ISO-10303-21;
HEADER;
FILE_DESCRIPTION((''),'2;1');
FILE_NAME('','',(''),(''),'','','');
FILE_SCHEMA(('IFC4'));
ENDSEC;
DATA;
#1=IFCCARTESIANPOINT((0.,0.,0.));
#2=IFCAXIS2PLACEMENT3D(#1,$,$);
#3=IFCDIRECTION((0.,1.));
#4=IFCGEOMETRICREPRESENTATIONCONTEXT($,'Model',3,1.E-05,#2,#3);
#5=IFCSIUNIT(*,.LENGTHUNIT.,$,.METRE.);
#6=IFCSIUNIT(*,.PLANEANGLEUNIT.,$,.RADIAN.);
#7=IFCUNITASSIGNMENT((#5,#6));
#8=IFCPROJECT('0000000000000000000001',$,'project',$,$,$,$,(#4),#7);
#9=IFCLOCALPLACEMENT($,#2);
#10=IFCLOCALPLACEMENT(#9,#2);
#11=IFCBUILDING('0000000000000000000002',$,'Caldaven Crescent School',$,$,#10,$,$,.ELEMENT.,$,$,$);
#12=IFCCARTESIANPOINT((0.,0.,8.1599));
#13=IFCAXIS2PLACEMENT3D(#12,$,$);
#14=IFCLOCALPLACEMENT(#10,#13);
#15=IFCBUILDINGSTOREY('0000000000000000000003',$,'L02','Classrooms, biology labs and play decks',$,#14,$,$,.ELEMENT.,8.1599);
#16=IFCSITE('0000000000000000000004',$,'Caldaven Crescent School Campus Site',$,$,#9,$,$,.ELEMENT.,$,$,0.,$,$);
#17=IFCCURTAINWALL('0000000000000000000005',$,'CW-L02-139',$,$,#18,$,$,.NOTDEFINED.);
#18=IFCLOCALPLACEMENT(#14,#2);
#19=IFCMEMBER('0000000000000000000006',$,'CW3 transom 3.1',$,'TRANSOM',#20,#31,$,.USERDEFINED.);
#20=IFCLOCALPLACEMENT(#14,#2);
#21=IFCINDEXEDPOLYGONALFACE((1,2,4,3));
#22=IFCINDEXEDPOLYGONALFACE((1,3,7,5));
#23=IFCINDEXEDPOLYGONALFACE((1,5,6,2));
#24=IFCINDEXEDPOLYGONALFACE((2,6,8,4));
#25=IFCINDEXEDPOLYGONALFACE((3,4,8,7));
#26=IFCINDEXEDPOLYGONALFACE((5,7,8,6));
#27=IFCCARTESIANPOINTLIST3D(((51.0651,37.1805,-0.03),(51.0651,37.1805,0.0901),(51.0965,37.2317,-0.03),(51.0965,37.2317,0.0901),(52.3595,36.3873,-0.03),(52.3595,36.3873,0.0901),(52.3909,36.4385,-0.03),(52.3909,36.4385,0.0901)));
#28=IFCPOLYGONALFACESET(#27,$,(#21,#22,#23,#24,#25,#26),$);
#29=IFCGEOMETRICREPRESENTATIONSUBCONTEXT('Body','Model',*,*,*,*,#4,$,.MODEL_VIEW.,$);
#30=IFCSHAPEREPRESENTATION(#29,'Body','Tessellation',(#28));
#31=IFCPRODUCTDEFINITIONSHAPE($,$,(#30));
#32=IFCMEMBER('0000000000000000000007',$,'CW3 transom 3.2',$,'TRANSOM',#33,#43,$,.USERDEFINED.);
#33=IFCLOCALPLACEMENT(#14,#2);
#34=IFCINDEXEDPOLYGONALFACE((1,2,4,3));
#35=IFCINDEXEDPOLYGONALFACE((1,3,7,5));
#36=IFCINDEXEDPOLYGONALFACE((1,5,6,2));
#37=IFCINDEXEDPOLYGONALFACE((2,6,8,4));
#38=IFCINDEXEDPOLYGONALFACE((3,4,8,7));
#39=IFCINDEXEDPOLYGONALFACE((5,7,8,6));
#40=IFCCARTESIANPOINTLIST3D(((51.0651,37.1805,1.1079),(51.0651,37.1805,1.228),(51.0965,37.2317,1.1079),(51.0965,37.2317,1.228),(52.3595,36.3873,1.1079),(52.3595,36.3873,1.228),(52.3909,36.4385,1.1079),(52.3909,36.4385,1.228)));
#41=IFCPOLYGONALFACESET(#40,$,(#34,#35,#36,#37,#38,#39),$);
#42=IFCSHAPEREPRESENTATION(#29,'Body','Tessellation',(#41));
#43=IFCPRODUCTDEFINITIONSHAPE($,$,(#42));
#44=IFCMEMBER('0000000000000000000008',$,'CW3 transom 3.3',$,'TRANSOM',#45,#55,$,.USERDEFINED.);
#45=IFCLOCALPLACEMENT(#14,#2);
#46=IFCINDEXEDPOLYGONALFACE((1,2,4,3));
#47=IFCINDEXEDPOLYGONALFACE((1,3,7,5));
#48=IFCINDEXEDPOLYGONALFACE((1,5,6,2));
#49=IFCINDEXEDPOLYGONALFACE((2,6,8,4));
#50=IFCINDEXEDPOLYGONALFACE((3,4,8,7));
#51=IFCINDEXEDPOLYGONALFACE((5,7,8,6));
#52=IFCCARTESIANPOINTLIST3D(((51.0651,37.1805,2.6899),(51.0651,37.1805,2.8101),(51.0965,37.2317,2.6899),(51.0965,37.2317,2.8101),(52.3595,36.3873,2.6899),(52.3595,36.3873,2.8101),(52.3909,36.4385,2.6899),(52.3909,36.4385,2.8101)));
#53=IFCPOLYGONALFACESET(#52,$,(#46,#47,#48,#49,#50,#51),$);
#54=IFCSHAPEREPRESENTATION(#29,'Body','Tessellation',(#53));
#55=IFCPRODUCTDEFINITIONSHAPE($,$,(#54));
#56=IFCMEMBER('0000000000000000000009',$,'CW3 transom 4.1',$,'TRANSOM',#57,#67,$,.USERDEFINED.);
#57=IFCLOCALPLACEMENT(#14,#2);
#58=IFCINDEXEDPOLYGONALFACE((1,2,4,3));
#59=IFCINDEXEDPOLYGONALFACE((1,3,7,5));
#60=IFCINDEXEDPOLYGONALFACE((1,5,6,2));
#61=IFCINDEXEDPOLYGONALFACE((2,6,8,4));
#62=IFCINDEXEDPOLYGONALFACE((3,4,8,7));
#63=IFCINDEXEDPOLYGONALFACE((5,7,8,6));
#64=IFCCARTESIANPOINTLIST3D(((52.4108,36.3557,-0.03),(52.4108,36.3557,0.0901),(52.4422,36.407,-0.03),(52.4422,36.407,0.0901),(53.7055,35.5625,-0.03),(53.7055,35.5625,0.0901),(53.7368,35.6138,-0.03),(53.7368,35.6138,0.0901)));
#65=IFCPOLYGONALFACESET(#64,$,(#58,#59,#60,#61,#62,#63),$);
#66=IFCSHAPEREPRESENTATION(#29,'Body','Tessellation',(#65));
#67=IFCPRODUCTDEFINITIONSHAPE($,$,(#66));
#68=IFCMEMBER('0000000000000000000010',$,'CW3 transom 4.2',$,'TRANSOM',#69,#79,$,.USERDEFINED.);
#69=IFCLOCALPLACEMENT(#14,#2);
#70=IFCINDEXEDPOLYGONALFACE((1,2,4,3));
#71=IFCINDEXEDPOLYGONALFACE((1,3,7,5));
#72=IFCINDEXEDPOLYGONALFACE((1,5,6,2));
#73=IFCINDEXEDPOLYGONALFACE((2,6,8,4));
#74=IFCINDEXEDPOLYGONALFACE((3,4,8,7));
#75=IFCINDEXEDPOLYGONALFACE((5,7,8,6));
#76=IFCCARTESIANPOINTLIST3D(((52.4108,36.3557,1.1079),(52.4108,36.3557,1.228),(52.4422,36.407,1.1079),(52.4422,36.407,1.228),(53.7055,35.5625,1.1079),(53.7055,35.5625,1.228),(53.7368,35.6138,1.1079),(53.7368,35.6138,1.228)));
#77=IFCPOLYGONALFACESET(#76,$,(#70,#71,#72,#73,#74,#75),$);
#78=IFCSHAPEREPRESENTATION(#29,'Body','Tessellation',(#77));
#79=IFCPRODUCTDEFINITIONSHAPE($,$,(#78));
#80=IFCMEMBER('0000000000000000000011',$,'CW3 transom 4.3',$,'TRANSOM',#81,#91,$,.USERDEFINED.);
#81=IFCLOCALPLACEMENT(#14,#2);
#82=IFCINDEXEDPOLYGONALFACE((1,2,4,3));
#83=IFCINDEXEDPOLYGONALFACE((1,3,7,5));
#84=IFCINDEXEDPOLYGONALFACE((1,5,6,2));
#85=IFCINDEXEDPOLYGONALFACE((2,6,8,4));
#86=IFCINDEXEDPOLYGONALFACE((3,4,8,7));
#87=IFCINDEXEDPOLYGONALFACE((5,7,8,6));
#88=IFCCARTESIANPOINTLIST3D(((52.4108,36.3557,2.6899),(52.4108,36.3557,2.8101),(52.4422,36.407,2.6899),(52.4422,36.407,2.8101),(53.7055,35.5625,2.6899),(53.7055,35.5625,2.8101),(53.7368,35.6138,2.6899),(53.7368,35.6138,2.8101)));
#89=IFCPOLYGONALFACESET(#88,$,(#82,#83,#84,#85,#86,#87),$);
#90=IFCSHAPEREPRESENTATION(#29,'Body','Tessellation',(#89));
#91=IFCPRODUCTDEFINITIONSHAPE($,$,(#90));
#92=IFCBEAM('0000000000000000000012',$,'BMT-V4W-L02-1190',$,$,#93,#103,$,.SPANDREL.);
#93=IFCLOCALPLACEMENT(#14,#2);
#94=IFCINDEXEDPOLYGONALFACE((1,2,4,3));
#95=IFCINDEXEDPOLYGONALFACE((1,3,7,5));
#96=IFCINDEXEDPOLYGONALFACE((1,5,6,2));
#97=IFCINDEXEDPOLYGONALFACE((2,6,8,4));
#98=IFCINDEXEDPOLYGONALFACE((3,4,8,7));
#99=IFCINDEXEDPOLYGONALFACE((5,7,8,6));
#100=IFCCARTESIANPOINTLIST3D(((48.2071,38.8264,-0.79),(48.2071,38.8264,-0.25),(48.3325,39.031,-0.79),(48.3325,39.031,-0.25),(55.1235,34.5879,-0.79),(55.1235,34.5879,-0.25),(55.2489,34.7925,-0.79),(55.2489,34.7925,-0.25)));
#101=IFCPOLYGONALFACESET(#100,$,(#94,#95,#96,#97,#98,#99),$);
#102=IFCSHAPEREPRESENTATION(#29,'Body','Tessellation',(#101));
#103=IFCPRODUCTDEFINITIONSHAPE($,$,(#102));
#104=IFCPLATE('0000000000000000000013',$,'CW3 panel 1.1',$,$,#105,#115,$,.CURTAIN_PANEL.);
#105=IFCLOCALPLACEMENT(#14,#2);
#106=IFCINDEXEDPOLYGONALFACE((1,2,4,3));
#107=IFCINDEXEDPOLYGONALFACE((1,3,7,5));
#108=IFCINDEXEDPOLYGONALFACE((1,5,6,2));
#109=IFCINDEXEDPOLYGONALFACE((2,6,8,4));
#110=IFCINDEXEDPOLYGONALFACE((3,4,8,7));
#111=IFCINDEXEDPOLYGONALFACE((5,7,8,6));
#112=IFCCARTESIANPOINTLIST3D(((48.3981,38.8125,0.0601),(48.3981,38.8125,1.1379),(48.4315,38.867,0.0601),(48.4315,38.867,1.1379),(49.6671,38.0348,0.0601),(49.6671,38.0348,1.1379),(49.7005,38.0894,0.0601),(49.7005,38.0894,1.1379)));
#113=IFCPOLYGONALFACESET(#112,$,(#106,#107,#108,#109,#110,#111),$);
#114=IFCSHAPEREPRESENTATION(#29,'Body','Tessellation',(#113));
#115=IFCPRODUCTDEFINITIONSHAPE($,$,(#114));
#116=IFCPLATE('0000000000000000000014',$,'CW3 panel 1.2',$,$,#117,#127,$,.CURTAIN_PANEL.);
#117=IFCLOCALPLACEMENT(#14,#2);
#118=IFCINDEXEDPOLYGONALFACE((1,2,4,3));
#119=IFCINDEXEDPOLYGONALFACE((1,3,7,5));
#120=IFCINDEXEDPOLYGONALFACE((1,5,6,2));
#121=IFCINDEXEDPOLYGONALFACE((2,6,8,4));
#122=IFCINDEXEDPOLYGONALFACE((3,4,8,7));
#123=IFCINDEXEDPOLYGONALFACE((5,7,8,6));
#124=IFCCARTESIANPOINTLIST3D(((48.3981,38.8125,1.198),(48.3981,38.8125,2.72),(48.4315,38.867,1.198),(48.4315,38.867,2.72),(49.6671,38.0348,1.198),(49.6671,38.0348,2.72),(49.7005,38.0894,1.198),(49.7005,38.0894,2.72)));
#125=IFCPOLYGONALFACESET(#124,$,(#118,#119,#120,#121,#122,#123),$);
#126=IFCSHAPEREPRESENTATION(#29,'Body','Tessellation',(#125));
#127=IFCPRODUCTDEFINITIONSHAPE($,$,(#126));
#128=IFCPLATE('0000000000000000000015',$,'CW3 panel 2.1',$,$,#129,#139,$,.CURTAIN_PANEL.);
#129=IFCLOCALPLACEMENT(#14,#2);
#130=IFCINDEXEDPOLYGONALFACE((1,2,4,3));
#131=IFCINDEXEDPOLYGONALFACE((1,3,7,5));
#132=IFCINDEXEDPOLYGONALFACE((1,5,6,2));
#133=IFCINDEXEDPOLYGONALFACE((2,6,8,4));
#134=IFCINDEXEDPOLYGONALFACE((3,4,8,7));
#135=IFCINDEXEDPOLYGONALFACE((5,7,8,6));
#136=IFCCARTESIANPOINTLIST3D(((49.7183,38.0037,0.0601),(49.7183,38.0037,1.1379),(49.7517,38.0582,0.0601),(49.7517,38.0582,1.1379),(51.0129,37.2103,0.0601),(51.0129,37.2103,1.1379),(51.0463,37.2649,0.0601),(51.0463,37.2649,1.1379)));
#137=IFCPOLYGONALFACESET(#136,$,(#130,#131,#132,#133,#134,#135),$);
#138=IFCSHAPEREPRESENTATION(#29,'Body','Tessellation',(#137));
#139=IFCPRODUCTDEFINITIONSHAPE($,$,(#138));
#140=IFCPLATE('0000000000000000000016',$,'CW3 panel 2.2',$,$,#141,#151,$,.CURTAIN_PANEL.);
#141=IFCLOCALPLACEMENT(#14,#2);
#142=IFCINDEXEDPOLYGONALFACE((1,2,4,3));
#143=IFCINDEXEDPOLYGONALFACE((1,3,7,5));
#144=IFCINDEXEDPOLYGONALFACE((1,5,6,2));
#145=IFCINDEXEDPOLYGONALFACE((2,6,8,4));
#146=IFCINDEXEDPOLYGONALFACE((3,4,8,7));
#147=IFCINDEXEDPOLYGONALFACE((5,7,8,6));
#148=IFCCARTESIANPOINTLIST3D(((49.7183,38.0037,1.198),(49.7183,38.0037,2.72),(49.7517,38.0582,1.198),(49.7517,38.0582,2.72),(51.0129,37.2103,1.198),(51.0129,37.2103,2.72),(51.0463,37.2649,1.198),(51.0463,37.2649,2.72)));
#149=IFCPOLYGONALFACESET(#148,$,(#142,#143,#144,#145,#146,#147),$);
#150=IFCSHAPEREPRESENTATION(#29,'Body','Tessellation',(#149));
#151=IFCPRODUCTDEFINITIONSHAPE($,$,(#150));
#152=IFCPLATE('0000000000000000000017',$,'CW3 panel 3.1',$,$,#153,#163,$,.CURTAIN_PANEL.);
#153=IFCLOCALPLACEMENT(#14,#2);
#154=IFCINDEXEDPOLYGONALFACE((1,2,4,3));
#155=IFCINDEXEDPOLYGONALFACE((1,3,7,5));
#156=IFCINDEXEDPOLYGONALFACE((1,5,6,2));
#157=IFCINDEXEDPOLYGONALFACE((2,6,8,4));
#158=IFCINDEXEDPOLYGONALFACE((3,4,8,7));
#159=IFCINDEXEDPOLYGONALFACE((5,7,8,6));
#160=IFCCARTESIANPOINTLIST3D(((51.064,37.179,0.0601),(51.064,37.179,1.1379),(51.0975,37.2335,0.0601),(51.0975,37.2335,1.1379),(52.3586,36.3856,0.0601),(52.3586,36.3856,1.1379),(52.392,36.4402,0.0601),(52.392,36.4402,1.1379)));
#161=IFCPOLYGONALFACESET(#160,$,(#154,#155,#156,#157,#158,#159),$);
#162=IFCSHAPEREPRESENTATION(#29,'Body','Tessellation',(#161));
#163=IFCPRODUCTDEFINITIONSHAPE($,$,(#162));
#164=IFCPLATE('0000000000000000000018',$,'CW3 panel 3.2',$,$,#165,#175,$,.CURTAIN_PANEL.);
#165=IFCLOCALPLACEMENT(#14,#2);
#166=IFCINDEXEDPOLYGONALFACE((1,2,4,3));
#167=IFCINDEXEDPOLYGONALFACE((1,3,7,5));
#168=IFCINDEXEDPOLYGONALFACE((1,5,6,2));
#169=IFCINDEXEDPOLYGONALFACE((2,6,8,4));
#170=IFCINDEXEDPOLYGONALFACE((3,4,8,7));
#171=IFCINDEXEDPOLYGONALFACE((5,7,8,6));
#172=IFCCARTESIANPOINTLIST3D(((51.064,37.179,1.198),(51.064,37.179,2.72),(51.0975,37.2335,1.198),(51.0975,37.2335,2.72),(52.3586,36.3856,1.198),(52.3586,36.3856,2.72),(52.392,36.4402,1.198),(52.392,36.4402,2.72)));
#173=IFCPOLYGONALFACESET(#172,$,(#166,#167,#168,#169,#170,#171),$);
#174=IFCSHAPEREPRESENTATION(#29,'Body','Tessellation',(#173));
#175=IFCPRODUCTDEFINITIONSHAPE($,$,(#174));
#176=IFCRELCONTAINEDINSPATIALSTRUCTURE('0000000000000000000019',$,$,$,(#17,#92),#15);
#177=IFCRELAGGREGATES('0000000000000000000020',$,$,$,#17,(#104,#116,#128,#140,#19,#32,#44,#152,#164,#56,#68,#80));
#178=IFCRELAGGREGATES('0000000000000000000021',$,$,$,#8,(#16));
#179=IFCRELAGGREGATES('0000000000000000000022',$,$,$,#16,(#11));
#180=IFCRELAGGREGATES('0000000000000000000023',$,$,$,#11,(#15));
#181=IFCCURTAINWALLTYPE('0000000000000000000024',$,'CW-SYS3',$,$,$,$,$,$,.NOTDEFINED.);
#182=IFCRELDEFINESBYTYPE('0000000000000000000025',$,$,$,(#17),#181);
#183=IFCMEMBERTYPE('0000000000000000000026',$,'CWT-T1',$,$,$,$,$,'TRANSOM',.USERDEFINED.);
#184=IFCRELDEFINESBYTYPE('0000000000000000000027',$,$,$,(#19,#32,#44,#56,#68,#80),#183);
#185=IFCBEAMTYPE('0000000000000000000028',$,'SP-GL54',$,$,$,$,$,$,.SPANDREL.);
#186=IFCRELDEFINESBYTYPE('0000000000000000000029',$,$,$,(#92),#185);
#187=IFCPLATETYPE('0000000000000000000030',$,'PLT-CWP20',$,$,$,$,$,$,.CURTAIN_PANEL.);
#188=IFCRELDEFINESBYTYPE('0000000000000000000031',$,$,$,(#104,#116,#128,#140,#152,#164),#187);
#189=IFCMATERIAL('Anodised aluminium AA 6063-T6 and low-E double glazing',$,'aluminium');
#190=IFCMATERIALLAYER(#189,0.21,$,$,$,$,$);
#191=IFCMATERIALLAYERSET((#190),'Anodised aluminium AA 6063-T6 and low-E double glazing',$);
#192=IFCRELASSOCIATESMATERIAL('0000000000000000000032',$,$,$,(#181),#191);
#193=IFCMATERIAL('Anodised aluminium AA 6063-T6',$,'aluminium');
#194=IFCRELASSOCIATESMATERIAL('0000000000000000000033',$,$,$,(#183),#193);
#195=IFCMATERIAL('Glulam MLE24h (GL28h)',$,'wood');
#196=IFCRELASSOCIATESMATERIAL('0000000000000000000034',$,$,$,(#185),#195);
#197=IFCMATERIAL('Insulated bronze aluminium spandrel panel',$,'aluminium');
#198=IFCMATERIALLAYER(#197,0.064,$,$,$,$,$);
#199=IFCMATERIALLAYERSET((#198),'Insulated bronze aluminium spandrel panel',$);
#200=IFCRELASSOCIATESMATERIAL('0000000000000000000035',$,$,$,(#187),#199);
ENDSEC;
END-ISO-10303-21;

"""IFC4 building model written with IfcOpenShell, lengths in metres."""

from ifc_helpers import new_model, si_unit, direction, frame, origin, origin_2d, place, context, subcontext, project, spatial, rectangle, extrude, material, layer, layer_set, material_profile, profile_set, type_object, element, aggregate, save


model = new_model("IFC4")

# Units and contexts
model_context = context("Model", 3, precision=1e-05, world=origin(), true_north=direction((0.0, 1.0)))
body_context = subcontext(model_context, "Body", "Model", "MODEL_VIEW")
ifc_project = project(units=[si_unit("LENGTHUNIT", "METRE"), si_unit("PLANEANGLEUNIT", "RADIAN")], contexts=[model_context])

# Site, building, storey
site_placement = place(None, origin())
site = spatial("IfcSite", under=ifc_project, at=site_placement, Name="Caldaven Crescent School Campus Site", CompositionType="ELEMENT", RefElevation=0.0)
building_placement = place(site_placement, origin())
building = spatial("IfcBuilding", under=site, at=building_placement, Name="Caldaven Crescent School", CompositionType="ELEMENT")
storey_placement = place(building_placement, frame((0.0, 0.0, 8.1599)))
storey = spatial("IfcBuildingStorey", under=building, at=storey_placement, Name="L02", Description="Classrooms, biology labs and play decks", CompositionType="ELEMENT", Elevation=8.1599)

# Shared definitions
ifc_material_1 = material(Name="Glulam MLE24h (GL28h)", Category="wood")

# Curtain wall, members
ifc_material_2 = material(Name="Anodised aluminium AA 6063-T6 and low-E double glazing", Category="aluminium")
ifc_layer_1 = layer(ifc_material_2, 0.21)
ifc_layer_set_1 = layer_set([ifc_layer_1], Name="Anodised aluminium AA 6063-T6 and low-E double glazing")
curtain_wall_type = type_object("IfcCurtainWallType", Name="CW-SYS3", PredefinedType="NOTDEFINED", material=ifc_layer_set_1)
curtain_wall_placement = place(storey_placement, origin())
curtain_wall = element("IfcCurtainWall", 1, at=curtain_wall_placement, inside=storey, type_object=curtain_wall_type, Name="CW-L02-139", PredefinedType="NOTDEFINED")
ifc_material_3 = material(Name="Anodised aluminium AA 6063-T6", Category="aluminium")
ifc_material_profile_1 = material_profile(ifc_material_3, rectangle(XDim=0.0601, YDim=0.1201, at=origin_2d()), Name="CWT 60x120")
ifc_profile_set_1 = profile_set([ifc_material_profile_1], Name="Anodised aluminium AA 6063-T6")
member_type_1 = type_object("IfcMemberType", Name="CWT-T1", ElementType="TRANSOM", PredefinedType="USERDEFINED", material=ifc_profile_set_1)
member_1_placement = place(storey_placement, frame((51.0808, 37.2061, 0.03), z_axis=(0.852645, -0.52249, 0.0), x_axis=(0.52249, 0.852645, 0.0)))
member_1 = element("IfcMember", 2, at=member_1_placement, type_object=member_type_1, Name="CW3 transom 3.1", ObjectType="TRANSOM", PredefinedType="USERDEFINED", context=body_context, shape_type="SweptSolid", body=[
    extrude(rectangle(XDim=0.0601, YDim=0.1201, at=origin_2d()), origin(), (0.0, 0.0, 1.0), 1.5181),
])
member_2_placement = place(storey_placement, frame((51.0808, 37.2061, 1.168), z_axis=(0.852645, -0.52249, 0.0), x_axis=(0.52249, 0.852645, 0.0)))
member_2 = element("IfcMember", 3, at=member_2_placement, type_object=member_type_1, Name="CW3 transom 3.2", ObjectType="TRANSOM", PredefinedType="USERDEFINED", context=body_context, shape_type="SweptSolid", body=[
    extrude(rectangle(XDim=0.0601, YDim=0.1201, at=origin_2d()), origin(), (0.0, 0.0, 1.0), 1.5181),
])
member_3_placement = place(storey_placement, frame((51.0808, 37.2061, 2.75), z_axis=(0.852645, -0.52249, 0.0), x_axis=(0.52249, 0.852645, 0.0)))
member_3 = element("IfcMember", 4, at=member_3_placement, type_object=member_type_1, Name="CW3 transom 3.3", ObjectType="TRANSOM", PredefinedType="USERDEFINED", context=body_context, shape_type="SweptSolid", body=[
    extrude(rectangle(XDim=0.0601, YDim=0.1201, at=origin_2d()), origin(), (0.0, 0.0, 1.0), 1.5181),
])
member_4_placement = place(storey_placement, frame((52.4265, 36.3813, 0.03), z_axis=(0.852689, -0.522419, 0.0), x_axis=(0.522419, 0.852689, 0.0)))
member_4 = element("IfcMember", 5, at=member_4_placement, type_object=member_type_1, Name="CW3 transom 4.1", ObjectType="TRANSOM", PredefinedType="USERDEFINED", context=body_context, shape_type="SweptSolid", body=[
    extrude(rectangle(XDim=0.0601, YDim=0.1201, at=origin_2d()), origin(), (0.0, 0.0, 1.0), 1.5183),
])
member_5_placement = place(storey_placement, frame((52.4265, 36.3813, 1.168), z_axis=(0.852689, -0.522419, 0.0), x_axis=(0.522419, 0.852689, 0.0)))
member_5 = element("IfcMember", 6, at=member_5_placement, type_object=member_type_1, Name="CW3 transom 4.2", ObjectType="TRANSOM", PredefinedType="USERDEFINED", context=body_context, shape_type="SweptSolid", body=[
    extrude(rectangle(XDim=0.0601, YDim=0.1201, at=origin_2d()), origin(), (0.0, 0.0, 1.0), 1.5183),
])
member_6_placement = place(storey_placement, frame((52.4265, 36.3813, 2.75), z_axis=(0.852689, -0.522419, 0.0), x_axis=(0.522419, 0.852689, 0.0)))
member_6 = element("IfcMember", 7, at=member_6_placement, type_object=member_type_1, Name="CW3 transom 4.3", ObjectType="TRANSOM", PredefinedType="USERDEFINED", context=body_context, shape_type="SweptSolid", body=[
    extrude(rectangle(XDim=0.0601, YDim=0.1201, at=origin_2d()), origin(), (0.0, 0.0, 1.0), 1.5183),
])

# Beam
ifc_material_profile_2 = material_profile(ifc_material_1, rectangle(XDim=0.24, YDim=0.54, at=origin_2d()), Name="MLE 240x540")
ifc_profile_set_2 = profile_set([ifc_material_profile_2], Name="Glulam MLE24h (GL28h)")
beam_type_1 = type_object("IfcBeamType", Name="SP-GL54", PredefinedType="SPANDREL", material=ifc_profile_set_2)
beam_1_placement = place(storey_placement, frame((48.2698, 38.9287, -0.52), z_axis=(0.852635, -0.522506, 0.0), x_axis=(0.522506, 0.852635, 0.0)))
element("IfcBeam", 8, at=beam_1_placement, inside=storey, type_object=beam_type_1, Name="BMT-V4W-L02-1190", PredefinedType="SPANDREL", context=body_context, shape_type="SweptSolid", body=[
    extrude(rectangle(XDim=0.24, YDim=0.54, at=origin_2d()), origin(), (0.0, 0.0, 1.0), 8.1118),
])

# Plates
ifc_material_4 = material(Name="Insulated bronze aluminium spandrel panel", Category="aluminium")
ifc_layer_2 = layer(ifc_material_4, 0.064)
ifc_layer_set_2 = layer_set([ifc_layer_2], Name="Insulated bronze aluminium spandrel panel")
plate_type = type_object("IfcPlateType", Name="PLT-CWP20", PredefinedType="CURTAIN_PANEL", material=ifc_layer_set_2)
plate_1_placement = place(storey_placement, frame((49.0493, 38.4509, 0.0601), z_axis=(0.0, 0.0, 1.0), x_axis=(0.85264, -0.522499, 0.0)))
plate_1 = element("IfcPlate", 9, at=plate_1_placement, type_object=plate_type, Name="CW3 panel 1.1", PredefinedType="CURTAIN_PANEL", context=body_context, shape_type="SweptSolid", body=[
    extrude(rectangle(XDim=1.4883, YDim=0.064, at=origin_2d()), origin(), (0.0, 0.0, 1.0), 1.0779),
])
plate_2_placement = place(storey_placement, frame((49.0493, 38.4509, 1.198), z_axis=(0.0, 0.0, 1.0), x_axis=(0.85264, -0.522499, 0.0)))
plate_2 = element("IfcPlate", 10, at=plate_2_placement, type_object=plate_type, Name="CW3 panel 1.2", PredefinedType="CURTAIN_PANEL", context=body_context, shape_type="SweptSolid", body=[
    extrude(rectangle(XDim=1.4883, YDim=0.064, at=origin_2d()), origin(), (0.0, 0.0, 1.0), 1.522),
])
plate_3_placement = place(storey_placement, frame((50.3823, 37.6343, 0.0601), z_axis=(0.0, 0.0, 1.0), x_axis=(0.85264, -0.522499, 0.0)))
plate_3 = element("IfcPlate", 11, at=plate_3_placement, type_object=plate_type, Name="CW3 panel 2.1", PredefinedType="CURTAIN_PANEL", context=body_context, shape_type="SweptSolid", body=[
    extrude(rectangle(XDim=1.5183, YDim=0.064, at=origin_2d()), origin(), (0.0, 0.0, 1.0), 1.0779),
])
plate_4_placement = place(storey_placement, frame((50.3823, 37.6343, 1.198), z_axis=(0.0, 0.0, 1.0), x_axis=(0.85264, -0.522499, 0.0)))
plate_4 = element("IfcPlate", 12, at=plate_4_placement, type_object=plate_type, Name="CW3 panel 2.2", PredefinedType="CURTAIN_PANEL", context=body_context, shape_type="SweptSolid", body=[
    extrude(rectangle(XDim=1.5183, YDim=0.064, at=origin_2d()), origin(), (0.0, 0.0, 1.0), 1.522),
])
plate_5_placement = place(storey_placement, frame((51.728, 36.8096, 0.0601), z_axis=(0.0, 0.0, 1.0), x_axis=(0.85264, -0.522499, 0.0)))
plate_5 = element("IfcPlate", 13, at=plate_5_placement, type_object=plate_type, Name="CW3 panel 3.1", PredefinedType="CURTAIN_PANEL", context=body_context, shape_type="SweptSolid", body=[
    extrude(rectangle(XDim=1.5183, YDim=0.064, at=origin_2d()), origin(), (0.0, 0.0, 1.0), 1.0779),
])
plate_6_placement = place(storey_placement, frame((51.728, 36.8096, 1.198), z_axis=(0.0, 0.0, 1.0), x_axis=(0.85264, -0.522499, 0.0)))
plate_6 = element("IfcPlate", 14, at=plate_6_placement, type_object=plate_type, Name="CW3 panel 3.2", PredefinedType="CURTAIN_PANEL", context=body_context, shape_type="SweptSolid", body=[
    extrude(rectangle(XDim=1.5183, YDim=0.064, at=origin_2d()), origin(), (0.0, 0.0, 1.0), 1.522),
])
aggregate(curtain_wall, [plate_1, plate_2, plate_3, plate_4, member_1, member_2, member_3, plate_5, plate_6, member_4, member_5, member_6])

save(model, "model.ifc")
